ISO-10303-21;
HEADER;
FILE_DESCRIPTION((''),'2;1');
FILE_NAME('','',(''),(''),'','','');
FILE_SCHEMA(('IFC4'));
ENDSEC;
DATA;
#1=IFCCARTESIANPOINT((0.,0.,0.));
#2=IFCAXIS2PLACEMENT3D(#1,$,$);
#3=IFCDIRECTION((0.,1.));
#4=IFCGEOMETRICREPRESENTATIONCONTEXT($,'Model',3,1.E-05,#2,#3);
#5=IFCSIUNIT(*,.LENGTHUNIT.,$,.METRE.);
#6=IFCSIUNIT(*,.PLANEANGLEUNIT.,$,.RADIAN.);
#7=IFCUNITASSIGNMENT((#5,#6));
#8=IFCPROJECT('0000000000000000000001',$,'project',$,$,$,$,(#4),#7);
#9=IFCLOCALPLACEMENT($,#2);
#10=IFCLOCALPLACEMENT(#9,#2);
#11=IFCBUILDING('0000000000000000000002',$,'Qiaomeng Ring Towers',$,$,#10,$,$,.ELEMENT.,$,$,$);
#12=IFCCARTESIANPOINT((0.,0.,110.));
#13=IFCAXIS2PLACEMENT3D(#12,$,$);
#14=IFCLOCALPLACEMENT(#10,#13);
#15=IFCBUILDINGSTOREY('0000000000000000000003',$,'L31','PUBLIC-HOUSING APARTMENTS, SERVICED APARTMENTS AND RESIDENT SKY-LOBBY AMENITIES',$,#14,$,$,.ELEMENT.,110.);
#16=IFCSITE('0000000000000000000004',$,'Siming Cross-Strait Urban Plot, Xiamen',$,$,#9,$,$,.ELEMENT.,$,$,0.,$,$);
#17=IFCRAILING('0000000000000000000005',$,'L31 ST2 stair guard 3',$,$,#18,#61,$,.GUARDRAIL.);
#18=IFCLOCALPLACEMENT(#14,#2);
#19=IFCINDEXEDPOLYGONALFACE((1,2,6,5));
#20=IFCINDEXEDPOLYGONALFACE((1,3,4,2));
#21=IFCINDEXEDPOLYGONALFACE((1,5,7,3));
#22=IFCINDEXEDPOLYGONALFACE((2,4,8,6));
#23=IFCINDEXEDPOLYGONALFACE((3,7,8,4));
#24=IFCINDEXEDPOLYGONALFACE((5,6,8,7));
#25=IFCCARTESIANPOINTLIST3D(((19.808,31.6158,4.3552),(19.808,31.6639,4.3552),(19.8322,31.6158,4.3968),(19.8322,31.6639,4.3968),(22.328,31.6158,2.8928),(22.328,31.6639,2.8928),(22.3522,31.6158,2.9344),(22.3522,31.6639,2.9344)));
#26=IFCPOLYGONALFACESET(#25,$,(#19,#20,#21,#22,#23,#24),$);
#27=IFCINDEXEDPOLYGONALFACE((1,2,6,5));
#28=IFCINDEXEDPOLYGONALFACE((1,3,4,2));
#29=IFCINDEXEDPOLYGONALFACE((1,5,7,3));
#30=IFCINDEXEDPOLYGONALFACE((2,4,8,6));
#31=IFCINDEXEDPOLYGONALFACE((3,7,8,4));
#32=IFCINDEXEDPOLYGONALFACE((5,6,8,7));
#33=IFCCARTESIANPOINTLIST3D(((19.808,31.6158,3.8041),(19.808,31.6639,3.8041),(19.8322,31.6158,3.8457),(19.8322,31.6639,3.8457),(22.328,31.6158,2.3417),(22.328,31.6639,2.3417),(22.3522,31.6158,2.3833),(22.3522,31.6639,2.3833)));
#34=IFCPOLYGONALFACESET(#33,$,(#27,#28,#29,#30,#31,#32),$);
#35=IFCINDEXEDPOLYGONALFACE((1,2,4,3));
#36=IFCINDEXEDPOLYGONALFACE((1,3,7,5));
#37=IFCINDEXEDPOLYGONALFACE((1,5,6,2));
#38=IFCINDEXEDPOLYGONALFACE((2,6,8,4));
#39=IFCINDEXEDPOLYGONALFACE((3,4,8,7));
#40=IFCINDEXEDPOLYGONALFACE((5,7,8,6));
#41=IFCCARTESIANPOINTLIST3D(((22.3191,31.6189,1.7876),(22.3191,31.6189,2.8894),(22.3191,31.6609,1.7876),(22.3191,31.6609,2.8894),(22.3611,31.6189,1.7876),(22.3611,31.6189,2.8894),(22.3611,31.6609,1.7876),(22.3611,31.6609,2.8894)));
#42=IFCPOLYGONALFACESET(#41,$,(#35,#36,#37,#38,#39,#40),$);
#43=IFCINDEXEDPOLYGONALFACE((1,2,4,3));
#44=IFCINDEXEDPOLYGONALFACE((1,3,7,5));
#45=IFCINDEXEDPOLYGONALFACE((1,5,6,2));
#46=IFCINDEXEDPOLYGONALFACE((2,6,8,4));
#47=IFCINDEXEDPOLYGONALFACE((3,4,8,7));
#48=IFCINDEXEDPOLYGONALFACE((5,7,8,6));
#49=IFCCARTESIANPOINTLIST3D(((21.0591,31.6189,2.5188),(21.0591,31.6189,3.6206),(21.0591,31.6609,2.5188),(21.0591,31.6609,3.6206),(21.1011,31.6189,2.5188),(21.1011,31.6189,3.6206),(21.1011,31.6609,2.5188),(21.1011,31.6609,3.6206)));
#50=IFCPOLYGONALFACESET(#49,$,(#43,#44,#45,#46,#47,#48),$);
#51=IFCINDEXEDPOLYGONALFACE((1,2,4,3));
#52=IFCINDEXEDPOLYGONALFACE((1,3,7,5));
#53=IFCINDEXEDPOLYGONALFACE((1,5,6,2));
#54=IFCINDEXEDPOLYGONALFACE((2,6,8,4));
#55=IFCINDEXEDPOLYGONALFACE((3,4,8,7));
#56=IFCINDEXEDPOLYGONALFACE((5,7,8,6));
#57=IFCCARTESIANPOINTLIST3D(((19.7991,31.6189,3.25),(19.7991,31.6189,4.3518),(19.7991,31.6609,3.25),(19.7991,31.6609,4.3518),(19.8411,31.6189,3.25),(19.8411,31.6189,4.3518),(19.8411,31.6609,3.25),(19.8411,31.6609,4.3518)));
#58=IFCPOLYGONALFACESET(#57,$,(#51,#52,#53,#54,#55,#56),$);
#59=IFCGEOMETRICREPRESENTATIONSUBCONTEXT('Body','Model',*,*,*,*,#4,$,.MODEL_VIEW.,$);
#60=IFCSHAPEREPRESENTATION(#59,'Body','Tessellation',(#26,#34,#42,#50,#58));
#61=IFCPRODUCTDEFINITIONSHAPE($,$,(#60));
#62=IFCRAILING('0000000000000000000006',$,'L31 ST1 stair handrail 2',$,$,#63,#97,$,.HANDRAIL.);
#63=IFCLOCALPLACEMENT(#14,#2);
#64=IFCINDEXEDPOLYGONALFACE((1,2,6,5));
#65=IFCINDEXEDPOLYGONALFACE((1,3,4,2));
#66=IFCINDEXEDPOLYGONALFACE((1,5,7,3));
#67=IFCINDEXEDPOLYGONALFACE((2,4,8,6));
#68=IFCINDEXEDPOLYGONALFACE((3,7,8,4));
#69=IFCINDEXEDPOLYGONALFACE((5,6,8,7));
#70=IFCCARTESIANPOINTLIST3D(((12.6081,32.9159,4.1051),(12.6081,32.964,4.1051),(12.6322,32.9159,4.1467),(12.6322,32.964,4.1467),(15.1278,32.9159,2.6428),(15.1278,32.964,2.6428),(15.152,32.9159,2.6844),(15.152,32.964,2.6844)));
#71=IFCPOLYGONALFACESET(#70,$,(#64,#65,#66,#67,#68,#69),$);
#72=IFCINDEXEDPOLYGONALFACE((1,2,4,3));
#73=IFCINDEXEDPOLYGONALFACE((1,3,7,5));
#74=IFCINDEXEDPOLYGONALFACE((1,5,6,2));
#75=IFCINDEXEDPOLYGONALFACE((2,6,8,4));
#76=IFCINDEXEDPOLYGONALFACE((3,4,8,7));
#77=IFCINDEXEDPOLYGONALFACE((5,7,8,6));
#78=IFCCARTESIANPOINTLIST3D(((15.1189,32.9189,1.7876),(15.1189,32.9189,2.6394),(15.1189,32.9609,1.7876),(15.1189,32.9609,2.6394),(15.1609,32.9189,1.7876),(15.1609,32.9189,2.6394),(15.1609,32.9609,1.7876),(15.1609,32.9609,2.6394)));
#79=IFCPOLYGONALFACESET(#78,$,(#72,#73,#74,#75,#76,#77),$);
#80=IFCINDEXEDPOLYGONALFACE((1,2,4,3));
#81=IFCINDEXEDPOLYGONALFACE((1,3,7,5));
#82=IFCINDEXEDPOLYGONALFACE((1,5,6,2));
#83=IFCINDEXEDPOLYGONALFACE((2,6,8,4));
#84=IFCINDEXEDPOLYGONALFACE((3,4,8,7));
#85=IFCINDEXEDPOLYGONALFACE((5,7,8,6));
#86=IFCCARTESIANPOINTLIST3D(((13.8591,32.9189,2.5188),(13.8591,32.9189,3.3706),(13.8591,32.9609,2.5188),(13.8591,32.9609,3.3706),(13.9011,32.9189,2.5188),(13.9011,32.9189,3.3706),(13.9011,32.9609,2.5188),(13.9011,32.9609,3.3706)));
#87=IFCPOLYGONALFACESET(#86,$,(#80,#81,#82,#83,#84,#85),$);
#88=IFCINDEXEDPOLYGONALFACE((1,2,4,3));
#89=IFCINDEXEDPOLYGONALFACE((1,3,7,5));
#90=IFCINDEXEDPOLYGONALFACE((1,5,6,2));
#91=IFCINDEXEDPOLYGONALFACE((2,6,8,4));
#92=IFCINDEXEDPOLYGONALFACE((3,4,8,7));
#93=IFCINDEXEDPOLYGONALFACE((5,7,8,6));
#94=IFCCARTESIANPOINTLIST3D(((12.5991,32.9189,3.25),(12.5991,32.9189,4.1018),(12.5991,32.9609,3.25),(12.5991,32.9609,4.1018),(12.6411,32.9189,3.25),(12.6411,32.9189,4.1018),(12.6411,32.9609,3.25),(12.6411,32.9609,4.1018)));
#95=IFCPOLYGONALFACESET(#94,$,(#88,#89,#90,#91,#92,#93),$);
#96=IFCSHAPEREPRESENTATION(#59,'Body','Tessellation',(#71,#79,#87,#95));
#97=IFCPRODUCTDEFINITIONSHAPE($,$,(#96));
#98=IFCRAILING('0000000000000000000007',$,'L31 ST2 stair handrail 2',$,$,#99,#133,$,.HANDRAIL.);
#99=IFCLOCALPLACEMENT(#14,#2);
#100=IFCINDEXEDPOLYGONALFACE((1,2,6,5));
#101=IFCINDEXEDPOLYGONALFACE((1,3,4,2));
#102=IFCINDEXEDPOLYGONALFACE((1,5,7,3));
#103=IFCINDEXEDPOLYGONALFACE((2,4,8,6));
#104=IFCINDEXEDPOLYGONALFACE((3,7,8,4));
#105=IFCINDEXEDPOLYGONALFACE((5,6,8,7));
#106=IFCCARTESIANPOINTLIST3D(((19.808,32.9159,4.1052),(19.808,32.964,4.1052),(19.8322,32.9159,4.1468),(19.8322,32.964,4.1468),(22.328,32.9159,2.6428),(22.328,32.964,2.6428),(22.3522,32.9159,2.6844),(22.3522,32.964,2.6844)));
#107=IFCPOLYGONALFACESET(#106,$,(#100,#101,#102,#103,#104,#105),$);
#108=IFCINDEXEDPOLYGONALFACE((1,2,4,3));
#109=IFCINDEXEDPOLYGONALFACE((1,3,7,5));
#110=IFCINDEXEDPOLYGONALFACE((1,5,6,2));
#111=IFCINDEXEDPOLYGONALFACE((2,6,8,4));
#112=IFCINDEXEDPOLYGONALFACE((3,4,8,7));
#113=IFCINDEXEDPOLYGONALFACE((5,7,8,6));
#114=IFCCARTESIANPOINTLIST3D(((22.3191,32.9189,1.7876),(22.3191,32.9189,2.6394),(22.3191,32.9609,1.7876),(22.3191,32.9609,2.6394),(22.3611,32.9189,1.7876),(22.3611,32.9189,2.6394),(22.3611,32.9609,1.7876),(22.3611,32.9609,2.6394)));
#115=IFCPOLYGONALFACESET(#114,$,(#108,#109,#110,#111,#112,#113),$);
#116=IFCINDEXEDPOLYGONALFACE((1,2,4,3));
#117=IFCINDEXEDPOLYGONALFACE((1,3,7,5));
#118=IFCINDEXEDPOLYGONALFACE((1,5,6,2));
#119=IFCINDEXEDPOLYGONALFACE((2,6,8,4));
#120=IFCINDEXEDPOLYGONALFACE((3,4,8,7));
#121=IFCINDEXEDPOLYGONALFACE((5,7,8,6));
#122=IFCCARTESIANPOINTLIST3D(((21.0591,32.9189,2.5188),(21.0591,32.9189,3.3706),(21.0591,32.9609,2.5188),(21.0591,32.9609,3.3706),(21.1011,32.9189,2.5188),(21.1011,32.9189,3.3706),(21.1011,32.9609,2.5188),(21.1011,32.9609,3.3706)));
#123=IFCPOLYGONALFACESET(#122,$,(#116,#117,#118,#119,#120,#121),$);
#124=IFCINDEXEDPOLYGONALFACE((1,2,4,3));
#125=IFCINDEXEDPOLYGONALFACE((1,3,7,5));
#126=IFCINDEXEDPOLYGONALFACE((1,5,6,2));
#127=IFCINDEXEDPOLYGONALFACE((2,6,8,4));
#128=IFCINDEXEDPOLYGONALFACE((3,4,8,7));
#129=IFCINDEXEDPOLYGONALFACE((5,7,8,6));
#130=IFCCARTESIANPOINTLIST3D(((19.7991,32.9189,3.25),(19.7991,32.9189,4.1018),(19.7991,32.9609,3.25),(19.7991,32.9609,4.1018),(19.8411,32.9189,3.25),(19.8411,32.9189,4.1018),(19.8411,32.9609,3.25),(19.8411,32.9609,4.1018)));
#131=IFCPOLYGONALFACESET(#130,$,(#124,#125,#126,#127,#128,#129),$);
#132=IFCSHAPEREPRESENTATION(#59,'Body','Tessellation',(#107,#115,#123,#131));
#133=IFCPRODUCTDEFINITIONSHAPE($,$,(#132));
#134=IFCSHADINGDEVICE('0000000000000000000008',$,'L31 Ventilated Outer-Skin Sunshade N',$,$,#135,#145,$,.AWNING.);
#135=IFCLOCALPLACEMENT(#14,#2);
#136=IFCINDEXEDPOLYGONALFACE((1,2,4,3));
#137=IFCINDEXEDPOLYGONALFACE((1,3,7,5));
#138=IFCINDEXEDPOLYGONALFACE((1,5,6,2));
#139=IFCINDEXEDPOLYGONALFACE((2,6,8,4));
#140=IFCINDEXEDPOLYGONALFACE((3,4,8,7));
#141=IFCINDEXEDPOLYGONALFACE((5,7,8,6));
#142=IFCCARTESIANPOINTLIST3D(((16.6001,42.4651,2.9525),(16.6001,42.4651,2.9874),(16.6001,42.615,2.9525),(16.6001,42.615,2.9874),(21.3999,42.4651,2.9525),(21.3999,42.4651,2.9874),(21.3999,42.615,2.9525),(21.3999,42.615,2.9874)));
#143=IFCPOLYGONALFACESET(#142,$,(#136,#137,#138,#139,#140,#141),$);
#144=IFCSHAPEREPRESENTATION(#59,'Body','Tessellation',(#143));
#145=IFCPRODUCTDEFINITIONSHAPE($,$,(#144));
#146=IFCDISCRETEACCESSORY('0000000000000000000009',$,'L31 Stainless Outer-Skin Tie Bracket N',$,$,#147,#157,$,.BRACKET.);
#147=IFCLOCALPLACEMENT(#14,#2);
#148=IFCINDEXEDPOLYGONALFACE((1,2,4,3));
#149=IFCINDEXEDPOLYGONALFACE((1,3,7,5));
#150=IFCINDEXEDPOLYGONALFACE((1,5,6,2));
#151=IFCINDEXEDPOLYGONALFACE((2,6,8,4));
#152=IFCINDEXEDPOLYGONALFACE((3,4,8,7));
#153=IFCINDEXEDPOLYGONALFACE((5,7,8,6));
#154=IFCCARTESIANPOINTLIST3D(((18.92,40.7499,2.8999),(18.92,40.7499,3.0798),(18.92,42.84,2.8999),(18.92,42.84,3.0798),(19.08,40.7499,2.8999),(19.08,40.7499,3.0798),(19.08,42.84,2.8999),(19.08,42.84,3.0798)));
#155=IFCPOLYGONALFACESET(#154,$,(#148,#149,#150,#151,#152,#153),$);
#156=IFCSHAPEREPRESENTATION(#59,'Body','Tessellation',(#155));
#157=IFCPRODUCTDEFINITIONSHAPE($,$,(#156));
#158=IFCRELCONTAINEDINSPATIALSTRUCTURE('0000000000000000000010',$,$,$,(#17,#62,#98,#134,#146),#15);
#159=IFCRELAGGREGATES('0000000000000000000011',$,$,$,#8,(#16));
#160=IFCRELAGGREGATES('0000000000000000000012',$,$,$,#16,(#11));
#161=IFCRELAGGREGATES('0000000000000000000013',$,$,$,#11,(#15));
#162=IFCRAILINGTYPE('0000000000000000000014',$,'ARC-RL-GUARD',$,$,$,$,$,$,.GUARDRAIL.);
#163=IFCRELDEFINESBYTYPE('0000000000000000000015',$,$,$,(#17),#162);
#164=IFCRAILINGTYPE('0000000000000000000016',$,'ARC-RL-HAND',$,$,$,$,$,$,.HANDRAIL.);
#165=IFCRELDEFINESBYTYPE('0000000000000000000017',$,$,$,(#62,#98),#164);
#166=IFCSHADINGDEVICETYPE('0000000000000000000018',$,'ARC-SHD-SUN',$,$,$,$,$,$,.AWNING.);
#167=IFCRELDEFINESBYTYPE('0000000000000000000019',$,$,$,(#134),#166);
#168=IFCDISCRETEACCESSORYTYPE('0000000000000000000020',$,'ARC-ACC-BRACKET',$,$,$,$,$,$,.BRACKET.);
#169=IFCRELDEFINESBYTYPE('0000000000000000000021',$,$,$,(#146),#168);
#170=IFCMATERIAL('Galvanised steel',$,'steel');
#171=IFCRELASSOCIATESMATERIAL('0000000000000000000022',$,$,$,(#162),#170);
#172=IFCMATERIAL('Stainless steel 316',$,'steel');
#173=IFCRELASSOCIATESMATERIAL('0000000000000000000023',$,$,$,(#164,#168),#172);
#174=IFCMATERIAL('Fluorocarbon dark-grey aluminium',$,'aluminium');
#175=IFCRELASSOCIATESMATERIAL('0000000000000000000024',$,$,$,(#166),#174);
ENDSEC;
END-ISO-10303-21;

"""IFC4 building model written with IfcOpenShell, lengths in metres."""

from ifc_helpers import new_model, si_unit, direction, frame, origin, origin_2d, place, context, subcontext, project, spatial, rectangle, extrude, source, transform, mapped, material, material_profile, profile_set, type_object, element, save


model = new_model("IFC4")

# Units and contexts
model_context = context("Model", 3, precision=1e-05, world=origin(), true_north=direction((0.0, 1.0)))
body_context = subcontext(model_context, "Body", "Model", "MODEL_VIEW")
ifc_project = project(units=[si_unit("LENGTHUNIT", "METRE"), si_unit("PLANEANGLEUNIT", "RADIAN")], contexts=[model_context])

# Site, building, storey
site_placement = place(None, origin())
site = spatial("IfcSite", under=ifc_project, at=site_placement, Name="Siming Cross-Strait Urban Plot, Xiamen", CompositionType="ELEMENT", RefElevation=0.0)
building_placement = place(site_placement, origin())
building = spatial("IfcBuilding", under=site, at=building_placement, Name="Qiaomeng Ring Towers", CompositionType="ELEMENT")
storey_placement = place(building_placement, frame((0.0, 0.0, 110.0)))
storey = spatial("IfcBuildingStorey", under=building, at=storey_placement, Name="L31", Description="PUBLIC-HOUSING APARTMENTS, SERVICED APARTMENTS AND RESIDENT SKY-LOBBY AMENITIES", CompositionType="ELEMENT", Elevation=110.0)

# Shared definitions
ifc_material_1 = material(Name="Galvanised steel", Category="steel")

# Railings
railing_type_1 = type_object("IfcRailingType", Name="ARC-RL-GUARD", PredefinedType="GUARDRAIL", material=ifc_material_1)
railing_1_placement = place(storey_placement, frame((22.3401, 31.6399, 1.7876)))
element("IfcRailing", 1, at=railing_1_placement, inside=storey, type_object=railing_type_1, Name="L31 ST2 stair guard 3", PredefinedType="GUARDRAIL", context=body_context, shape_type="SweptSolid", body=[
    extrude(rectangle(XDim=0.0481, YDim=0.0481, at=origin_2d()), frame((0.0, 0.0, 1.126), z_axis=(-0.864913, 0.0, 0.501921), x_axis=(0.0, -1.0, 0.0)), (0.0, 0.0, 1.0), 2.9136),
    extrude(rectangle(XDim=0.0481, YDim=0.0481, at=origin_2d()), frame((0.0, 0.0, 0.575), z_axis=(-0.864913, 0.0, 0.501921), x_axis=(0.0, -1.0, 0.0)), (0.0, 0.0, 1.0), 2.9136),
    extrude(rectangle(XDim=0.042, YDim=0.042, at=origin_2d()), origin(), (0.0, 0.0, 1.0), 1.1018),
    extrude(rectangle(XDim=0.042, YDim=0.042, at=origin_2d()), frame((-1.26, 0.0, 0.7312)), (0.0, 0.0, 1.0), 1.1018),
    extrude(rectangle(XDim=0.042, YDim=0.042, at=origin_2d()), frame((-2.52, 0.0, 1.4624)), (0.0, 0.0, 1.0), 1.1018),
])
ifc_material_2 = material(Name="Stainless steel 316", Category="steel")
railing_type_2 = type_object("IfcRailingType", Name="ARC-RL-HAND", PredefinedType="HANDRAIL", material=ifc_material_2)
railing_2_placement = place(storey_placement, frame((15.1399, 32.9399, 1.7876)))
element("IfcRailing", 2, at=railing_2_placement, inside=storey, type_object=railing_type_2, Name="L31 ST1 stair handrail 2", PredefinedType="HANDRAIL", context=body_context, shape_type="SweptSolid", body=[
    extrude(rectangle(XDim=0.0481, YDim=0.0481, at=origin_2d()), frame((0.0, 0.0, 0.876), z_axis=(-0.864892, 0.0, 0.501958), x_axis=(0.0, -1.0, 0.0)), (0.0, 0.0, 1.0), 2.9133),
    extrude(rectangle(XDim=0.042, YDim=0.042, at=origin_2d()), origin(), (0.0, 0.0, 1.0), 0.8518),
    extrude(rectangle(XDim=0.042, YDim=0.042, at=origin_2d()), frame((-1.2598, 0.0, 0.7312)), (0.0, 0.0, 1.0), 0.8518),
    extrude(rectangle(XDim=0.042, YDim=0.042, at=origin_2d()), frame((-2.5198, 0.0, 1.4624)), (0.0, 0.0, 1.0), 0.8518),
])
railing_3_placement = place(storey_placement, frame((22.3401, 32.9399, 1.7876)))
element("IfcRailing", 3, at=railing_3_placement, inside=storey, type_object=railing_type_2, Name="L31 ST2 stair handrail 2", PredefinedType="HANDRAIL", context=body_context, shape_type="SweptSolid", body=[
    extrude(rectangle(XDim=0.0481, YDim=0.0481, at=origin_2d()), frame((0.0, 0.0, 0.876), z_axis=(-0.864913, 0.0, 0.501921), x_axis=(0.0, -1.0, 0.0)), (0.0, 0.0, 1.0), 2.9136),
    extrude(rectangle(XDim=0.042, YDim=0.042, at=origin_2d()), origin(), (0.0, 0.0, 1.0), 0.8518),
    extrude(rectangle(XDim=0.042, YDim=0.042, at=origin_2d()), frame((-1.26, 0.0, 0.7312)), (0.0, 0.0, 1.0), 0.8518),
    extrude(rectangle(XDim=0.042, YDim=0.042, at=origin_2d()), frame((-2.52, 0.0, 1.4624)), (0.0, 0.0, 1.0), 0.8518),
])

# Shading device
ifc_material_3 = material(Name="Fluorocarbon dark-grey aluminium", Category="aluminium")
ifc_material_profile_1 = material_profile(ifc_material_3, rectangle(XDim=0.1499, YDim=0.0349, at=origin_2d()), Name="LV BLADE 150x35")
ifc_profile_set_1 = profile_set([ifc_material_profile_1], Name="Fluorocarbon dark-grey aluminium")
shading_device_type = type_object("IfcShadingDeviceType", Name="ARC-SHD-SUN", PredefinedType="AWNING", material=ifc_profile_set_1)
shared_shape_1 = source(origin(), body_context, "Body", "SweptSolid", [
    extrude(rectangle(XDim=0.1499, YDim=0.0349, at=origin_2d()), origin(), (0.0, 0.0, 1.0), 4.7998),
])
shading_device_placement = place(storey_placement, frame((16.6001, 42.54, 2.97), z_axis=(1.0, 0.0, 0.0), x_axis=(0.0, 1.0, 0.0)))
element("IfcShadingDevice", 4, at=shading_device_placement, inside=storey, type_object=shading_device_type, Name="L31 Ventilated Outer-Skin Sunshade N", PredefinedType="AWNING", context=body_context, shape_type="MappedRepresentation", body=[
    mapped(shared_shape_1, transform((0.0, 0.0, 0.0), x_axis=(1.0, 0.0, 0.0), y_axis=(0.0, 1.0, 0.0), z_axis=(0.0, 0.0, 1.0), scale=1.0)),
])

# Discrete accessory
discrete_accessory_type = type_object("IfcDiscreteAccessoryType", Name="ARC-ACC-BRACKET", PredefinedType="BRACKET", material=ifc_material_2)
shared_shape_2 = source(origin(), body_context, "Body", "SweptSolid", [
    extrude(rectangle(XDim=0.1599, YDim=2.0901, at=origin_2d()), origin(), (0.0, 0.0, 1.0), 0.1799),
])
discrete_accessory_placement = place(storey_placement, frame((19.0, 41.7949, 2.8999), z_axis=(0.0, 0.0, 1.0), x_axis=(1.0, 0.0, 0.0)))
element("IfcDiscreteAccessory", 5, at=discrete_accessory_placement, inside=storey, type_object=discrete_accessory_type, Name="L31 Stainless Outer-Skin Tie Bracket N", PredefinedType="BRACKET", context=body_context, shape_type="MappedRepresentation", body=[
    mapped(shared_shape_2, transform((0.0, 0.0, 0.0), x_axis=(1.0, 0.0, 0.0), y_axis=(0.0, 1.0, 0.0), z_axis=(0.0, 0.0, 1.0), scale=1.0)),
])

save(model, "model.ifc")
